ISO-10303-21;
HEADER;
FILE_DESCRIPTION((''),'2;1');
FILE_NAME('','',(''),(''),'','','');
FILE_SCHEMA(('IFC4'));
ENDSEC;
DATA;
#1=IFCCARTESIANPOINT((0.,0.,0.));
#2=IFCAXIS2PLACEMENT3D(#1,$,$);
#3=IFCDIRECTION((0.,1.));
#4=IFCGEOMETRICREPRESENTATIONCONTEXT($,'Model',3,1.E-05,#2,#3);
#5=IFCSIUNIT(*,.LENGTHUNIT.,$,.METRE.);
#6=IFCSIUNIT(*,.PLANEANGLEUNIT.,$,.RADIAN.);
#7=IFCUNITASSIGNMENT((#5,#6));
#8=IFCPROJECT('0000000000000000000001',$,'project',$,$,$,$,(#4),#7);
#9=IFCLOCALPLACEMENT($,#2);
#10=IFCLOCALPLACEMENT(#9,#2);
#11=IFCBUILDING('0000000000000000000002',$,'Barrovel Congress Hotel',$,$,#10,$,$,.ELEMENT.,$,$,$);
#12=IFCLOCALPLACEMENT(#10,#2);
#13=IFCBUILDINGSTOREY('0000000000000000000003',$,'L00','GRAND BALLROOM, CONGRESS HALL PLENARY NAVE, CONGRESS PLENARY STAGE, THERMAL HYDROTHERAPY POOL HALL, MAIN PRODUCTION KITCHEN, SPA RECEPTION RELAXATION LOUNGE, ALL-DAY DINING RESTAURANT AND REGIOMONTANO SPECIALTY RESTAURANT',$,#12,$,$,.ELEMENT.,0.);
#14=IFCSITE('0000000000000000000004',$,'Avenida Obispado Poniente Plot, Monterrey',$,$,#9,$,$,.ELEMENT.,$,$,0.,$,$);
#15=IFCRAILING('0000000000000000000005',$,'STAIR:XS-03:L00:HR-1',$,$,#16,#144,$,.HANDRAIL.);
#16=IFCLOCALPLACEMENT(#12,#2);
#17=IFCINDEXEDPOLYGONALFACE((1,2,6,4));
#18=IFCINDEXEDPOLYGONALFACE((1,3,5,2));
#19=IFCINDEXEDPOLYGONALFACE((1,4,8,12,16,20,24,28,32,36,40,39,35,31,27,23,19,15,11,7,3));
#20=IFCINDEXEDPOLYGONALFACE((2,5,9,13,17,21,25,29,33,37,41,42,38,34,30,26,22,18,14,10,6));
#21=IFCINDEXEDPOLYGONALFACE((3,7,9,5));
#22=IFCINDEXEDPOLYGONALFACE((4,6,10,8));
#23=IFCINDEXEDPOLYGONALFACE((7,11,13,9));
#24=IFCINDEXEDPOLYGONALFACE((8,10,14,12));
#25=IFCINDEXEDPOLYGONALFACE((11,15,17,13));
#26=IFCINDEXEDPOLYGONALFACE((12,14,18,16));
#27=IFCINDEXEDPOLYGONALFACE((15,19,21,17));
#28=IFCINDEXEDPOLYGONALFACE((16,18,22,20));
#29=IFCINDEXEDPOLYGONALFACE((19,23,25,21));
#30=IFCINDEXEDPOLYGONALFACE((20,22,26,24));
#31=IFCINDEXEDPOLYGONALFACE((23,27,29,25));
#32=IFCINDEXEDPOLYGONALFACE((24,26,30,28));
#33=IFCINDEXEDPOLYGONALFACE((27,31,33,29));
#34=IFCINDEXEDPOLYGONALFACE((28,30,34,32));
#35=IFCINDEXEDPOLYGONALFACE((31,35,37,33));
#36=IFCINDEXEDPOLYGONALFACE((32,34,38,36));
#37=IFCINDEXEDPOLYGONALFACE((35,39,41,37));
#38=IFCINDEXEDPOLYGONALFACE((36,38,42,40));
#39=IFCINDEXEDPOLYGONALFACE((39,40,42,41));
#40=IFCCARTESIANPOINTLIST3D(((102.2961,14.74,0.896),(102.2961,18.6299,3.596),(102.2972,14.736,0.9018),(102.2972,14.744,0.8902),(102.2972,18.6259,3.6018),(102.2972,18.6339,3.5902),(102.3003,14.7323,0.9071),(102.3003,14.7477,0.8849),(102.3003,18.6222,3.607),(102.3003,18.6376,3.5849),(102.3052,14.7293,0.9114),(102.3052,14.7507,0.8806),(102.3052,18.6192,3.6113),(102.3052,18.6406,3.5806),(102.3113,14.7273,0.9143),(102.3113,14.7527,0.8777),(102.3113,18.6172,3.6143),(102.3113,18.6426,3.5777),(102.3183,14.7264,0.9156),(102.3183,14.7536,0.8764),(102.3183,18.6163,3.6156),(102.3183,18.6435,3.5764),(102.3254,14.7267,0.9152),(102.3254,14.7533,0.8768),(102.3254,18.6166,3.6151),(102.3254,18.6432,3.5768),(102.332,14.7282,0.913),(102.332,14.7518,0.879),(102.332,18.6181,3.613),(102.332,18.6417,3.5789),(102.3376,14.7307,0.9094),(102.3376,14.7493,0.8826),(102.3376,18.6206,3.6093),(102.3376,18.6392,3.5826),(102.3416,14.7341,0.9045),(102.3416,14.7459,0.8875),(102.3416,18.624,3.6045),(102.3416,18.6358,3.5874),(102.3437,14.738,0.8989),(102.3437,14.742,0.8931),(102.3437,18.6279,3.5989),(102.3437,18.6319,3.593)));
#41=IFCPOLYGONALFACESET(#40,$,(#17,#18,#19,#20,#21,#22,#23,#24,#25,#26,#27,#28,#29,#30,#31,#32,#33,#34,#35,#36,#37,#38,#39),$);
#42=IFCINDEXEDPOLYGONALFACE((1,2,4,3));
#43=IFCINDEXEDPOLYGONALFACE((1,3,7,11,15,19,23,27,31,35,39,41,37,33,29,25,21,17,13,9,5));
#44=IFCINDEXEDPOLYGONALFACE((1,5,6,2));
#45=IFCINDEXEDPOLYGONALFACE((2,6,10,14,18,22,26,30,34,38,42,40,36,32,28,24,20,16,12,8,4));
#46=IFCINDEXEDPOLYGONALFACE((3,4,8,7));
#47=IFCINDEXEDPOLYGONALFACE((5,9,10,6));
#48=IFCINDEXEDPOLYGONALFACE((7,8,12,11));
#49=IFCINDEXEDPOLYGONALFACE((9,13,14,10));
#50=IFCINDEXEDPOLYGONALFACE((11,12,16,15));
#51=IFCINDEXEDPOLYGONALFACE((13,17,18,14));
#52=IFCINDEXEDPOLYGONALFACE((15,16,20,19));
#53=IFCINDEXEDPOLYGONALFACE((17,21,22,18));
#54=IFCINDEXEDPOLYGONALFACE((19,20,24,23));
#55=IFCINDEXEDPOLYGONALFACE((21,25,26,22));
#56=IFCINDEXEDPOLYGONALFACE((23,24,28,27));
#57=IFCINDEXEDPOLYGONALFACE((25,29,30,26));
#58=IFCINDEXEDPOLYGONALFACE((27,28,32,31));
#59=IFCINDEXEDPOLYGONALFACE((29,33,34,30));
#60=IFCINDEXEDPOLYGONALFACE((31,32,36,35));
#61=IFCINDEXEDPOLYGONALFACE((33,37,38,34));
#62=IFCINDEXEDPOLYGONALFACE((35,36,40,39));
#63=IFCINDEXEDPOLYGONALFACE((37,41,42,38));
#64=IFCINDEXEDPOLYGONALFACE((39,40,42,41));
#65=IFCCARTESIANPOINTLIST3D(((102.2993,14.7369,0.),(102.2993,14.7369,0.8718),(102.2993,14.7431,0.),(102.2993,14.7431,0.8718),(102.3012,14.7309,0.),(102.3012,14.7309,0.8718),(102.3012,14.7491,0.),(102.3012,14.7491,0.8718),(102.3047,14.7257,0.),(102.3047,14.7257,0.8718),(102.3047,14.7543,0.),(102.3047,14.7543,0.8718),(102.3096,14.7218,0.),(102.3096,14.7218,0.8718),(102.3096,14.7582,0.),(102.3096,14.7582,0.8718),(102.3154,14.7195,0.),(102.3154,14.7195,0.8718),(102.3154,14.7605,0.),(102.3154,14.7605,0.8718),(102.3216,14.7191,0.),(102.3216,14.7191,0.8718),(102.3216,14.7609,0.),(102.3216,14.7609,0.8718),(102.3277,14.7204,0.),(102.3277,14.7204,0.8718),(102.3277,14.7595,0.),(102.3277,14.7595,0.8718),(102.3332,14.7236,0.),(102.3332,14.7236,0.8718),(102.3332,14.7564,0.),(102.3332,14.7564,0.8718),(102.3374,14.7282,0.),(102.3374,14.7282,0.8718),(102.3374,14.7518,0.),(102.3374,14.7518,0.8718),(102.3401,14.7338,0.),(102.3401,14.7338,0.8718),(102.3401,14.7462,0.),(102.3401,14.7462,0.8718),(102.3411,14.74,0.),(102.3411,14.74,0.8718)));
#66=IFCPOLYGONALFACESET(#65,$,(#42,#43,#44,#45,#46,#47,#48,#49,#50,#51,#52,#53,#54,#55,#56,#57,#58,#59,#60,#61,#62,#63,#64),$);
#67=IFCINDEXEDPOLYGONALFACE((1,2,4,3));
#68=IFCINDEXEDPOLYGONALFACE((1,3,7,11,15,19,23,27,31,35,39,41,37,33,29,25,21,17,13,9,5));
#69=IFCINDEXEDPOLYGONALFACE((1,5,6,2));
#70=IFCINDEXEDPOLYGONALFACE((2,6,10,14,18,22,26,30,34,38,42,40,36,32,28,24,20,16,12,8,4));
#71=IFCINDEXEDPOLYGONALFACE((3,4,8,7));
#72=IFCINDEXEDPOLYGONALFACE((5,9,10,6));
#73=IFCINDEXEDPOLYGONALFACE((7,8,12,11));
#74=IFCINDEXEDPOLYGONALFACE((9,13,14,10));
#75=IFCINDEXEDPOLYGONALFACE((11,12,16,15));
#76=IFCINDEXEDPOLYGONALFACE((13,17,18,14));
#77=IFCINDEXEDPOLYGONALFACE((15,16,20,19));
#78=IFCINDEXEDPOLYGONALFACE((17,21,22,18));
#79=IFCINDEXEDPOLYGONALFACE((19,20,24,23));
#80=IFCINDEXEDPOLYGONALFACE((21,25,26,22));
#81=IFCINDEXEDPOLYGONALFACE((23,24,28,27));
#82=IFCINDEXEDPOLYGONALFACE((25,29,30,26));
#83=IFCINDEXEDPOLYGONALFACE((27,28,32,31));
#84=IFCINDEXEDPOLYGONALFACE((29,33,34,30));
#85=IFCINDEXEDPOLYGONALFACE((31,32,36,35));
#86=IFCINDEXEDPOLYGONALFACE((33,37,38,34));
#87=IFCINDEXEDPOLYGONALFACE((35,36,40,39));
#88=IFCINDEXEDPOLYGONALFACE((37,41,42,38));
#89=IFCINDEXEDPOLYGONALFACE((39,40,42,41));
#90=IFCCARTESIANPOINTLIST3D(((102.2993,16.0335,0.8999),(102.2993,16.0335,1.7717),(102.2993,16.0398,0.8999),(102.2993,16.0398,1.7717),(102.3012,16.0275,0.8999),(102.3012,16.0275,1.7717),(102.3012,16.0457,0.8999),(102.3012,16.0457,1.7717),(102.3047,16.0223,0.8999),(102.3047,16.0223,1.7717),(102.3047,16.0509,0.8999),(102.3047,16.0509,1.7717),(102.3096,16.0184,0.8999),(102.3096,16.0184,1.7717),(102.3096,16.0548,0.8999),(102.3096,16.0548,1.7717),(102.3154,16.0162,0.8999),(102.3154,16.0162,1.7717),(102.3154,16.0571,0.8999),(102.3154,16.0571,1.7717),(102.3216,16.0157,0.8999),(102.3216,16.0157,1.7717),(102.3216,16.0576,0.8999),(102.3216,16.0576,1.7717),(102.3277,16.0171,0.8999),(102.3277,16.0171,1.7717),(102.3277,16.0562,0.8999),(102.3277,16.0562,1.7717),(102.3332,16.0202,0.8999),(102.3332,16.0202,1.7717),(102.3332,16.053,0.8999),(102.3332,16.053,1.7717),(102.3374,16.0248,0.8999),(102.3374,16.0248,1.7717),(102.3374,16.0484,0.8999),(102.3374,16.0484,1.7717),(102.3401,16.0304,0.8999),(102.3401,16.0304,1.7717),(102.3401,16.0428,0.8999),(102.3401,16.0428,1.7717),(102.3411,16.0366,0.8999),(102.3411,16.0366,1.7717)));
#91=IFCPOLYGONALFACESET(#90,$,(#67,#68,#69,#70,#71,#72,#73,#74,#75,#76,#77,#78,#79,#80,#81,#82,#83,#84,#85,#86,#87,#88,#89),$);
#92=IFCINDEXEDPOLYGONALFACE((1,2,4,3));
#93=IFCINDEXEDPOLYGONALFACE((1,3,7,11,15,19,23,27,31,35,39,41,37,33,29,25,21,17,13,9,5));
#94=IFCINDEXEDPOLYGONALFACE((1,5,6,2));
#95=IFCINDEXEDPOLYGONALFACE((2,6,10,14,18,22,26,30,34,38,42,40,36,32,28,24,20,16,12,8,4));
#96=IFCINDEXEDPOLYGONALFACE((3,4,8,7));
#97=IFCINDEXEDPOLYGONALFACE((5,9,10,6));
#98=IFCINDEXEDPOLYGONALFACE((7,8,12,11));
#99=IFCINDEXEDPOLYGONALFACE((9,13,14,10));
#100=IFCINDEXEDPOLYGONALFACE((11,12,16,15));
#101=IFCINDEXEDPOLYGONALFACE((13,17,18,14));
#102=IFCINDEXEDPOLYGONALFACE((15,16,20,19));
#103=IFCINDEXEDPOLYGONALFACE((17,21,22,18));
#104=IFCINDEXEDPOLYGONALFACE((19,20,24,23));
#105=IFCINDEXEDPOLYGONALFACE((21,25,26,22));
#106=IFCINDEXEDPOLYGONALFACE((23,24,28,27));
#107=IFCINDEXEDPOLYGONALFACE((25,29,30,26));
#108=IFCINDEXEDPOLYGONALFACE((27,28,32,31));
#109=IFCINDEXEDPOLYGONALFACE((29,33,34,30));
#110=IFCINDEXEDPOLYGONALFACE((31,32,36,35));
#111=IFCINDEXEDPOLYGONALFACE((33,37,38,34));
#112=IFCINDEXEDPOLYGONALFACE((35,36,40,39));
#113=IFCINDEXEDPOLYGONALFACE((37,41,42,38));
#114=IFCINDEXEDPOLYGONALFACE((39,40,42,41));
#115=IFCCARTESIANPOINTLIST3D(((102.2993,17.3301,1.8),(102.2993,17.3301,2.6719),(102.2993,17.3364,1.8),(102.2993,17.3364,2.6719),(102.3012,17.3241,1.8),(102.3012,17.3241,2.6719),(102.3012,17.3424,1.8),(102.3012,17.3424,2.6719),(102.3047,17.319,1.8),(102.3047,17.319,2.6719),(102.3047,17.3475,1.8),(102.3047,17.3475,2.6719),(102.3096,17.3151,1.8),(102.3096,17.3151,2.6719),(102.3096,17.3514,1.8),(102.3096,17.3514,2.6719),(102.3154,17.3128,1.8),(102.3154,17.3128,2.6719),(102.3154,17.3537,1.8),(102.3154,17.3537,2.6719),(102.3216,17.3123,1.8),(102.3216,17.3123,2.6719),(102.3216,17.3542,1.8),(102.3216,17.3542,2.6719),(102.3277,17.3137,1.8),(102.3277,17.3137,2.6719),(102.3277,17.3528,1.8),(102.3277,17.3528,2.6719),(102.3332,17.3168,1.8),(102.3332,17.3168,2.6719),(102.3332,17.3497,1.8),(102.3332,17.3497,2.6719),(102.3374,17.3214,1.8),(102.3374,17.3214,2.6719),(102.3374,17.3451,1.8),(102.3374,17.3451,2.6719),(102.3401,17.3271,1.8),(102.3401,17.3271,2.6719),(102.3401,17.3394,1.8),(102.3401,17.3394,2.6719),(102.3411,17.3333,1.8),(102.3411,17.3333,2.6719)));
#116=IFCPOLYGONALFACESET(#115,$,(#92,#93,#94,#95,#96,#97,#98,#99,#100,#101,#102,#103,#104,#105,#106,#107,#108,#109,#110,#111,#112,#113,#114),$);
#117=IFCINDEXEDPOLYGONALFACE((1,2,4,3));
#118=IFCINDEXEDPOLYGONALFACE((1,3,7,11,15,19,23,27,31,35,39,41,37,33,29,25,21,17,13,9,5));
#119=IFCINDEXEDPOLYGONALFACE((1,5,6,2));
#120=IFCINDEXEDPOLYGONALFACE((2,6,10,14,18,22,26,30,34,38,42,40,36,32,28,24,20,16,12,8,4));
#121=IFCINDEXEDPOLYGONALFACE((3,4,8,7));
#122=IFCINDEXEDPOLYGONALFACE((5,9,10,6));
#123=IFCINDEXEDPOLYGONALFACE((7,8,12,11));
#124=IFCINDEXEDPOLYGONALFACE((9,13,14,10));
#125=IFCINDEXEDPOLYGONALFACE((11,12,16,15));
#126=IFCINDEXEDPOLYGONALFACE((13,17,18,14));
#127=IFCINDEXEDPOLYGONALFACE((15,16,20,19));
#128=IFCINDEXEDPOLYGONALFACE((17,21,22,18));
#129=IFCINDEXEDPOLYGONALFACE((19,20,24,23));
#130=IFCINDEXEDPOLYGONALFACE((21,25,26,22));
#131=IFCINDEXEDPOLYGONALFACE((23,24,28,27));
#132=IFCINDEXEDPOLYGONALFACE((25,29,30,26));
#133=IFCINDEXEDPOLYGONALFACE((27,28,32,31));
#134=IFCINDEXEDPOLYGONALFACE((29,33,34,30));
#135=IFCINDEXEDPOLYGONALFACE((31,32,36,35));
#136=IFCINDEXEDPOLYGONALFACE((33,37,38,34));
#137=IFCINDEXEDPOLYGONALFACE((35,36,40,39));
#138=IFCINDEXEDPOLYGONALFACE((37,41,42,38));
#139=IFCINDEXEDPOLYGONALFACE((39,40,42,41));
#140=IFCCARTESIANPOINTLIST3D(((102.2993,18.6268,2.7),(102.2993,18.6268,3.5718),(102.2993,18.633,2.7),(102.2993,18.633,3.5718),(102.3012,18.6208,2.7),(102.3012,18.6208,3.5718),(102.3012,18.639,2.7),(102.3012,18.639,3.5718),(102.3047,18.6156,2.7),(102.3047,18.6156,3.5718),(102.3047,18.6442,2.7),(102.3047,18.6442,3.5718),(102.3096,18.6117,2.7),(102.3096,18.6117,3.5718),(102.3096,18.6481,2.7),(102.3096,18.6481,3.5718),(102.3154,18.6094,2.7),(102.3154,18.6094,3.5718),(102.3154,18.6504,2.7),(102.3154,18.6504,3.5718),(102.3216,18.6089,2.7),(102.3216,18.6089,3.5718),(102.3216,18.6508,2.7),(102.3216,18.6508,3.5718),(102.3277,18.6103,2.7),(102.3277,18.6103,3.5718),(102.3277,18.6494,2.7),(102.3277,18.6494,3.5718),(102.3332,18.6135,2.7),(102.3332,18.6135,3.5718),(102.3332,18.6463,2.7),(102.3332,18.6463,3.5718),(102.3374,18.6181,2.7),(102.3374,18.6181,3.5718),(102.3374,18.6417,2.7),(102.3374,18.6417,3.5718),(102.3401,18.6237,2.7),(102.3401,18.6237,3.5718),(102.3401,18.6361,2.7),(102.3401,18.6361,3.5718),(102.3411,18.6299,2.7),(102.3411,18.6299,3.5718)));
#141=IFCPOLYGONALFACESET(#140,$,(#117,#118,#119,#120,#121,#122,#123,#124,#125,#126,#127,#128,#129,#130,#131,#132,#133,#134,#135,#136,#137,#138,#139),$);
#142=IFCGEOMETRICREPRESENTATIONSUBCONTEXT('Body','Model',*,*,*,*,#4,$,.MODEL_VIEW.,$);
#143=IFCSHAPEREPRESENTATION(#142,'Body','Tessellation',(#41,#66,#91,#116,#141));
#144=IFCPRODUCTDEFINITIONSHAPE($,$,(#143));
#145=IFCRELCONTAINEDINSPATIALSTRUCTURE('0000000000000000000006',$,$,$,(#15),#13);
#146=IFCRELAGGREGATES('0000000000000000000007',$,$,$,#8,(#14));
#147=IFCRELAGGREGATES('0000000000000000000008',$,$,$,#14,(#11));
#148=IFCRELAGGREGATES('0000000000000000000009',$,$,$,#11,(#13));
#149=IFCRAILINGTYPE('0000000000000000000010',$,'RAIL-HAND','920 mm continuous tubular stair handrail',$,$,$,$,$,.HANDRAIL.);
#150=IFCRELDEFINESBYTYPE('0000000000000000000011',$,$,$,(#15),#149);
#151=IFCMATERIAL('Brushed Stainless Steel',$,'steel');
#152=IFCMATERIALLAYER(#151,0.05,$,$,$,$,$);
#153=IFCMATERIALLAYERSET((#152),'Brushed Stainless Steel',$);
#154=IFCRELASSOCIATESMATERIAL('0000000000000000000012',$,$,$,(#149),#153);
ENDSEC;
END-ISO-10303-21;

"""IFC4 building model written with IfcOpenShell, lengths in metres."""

from ifc_helpers import new_model, si_unit, direction, frame, origin, origin_2d, place, context, subcontext, project, spatial, circle, extrude, material, layer, layer_set, type_object, element, save


model = new_model("IFC4")

# Units and contexts
model_context = context("Model", 3, precision=1e-05, world=origin(), true_north=direction((0.0, 1.0)))
body_context = subcontext(model_context, "Body", "Model", "MODEL_VIEW")
ifc_project = project(units=[si_unit("LENGTHUNIT", "METRE"), si_unit("PLANEANGLEUNIT", "RADIAN")], contexts=[model_context])

# Site, building, storey
site_placement = place(None, origin())
site = spatial("IfcSite", under=ifc_project, at=site_placement, Name="Avenida Obispado Poniente Plot, Monterrey", CompositionType="ELEMENT", RefElevation=0.0)
building_placement = place(site_placement, origin())
building = spatial("IfcBuilding", under=site, at=building_placement, Name="Barrovel Congress Hotel", CompositionType="ELEMENT")
storey_placement = place(building_placement, origin())
storey = spatial("IfcBuildingStorey", under=building, at=storey_placement, Name="L00", Description="GRAND BALLROOM, CONGRESS HALL PLENARY NAVE, CONGRESS PLENARY STAGE, THERMAL HYDROTHERAPY POOL HALL, MAIN PRODUCTION KITCHEN, SPA RECEPTION RELAXATION LOUNGE, ALL-DAY DINING RESTAURANT AND REGIOMONTANO SPECIALTY RESTAURANT", CompositionType="ELEMENT", Elevation=0.0)

# Railing
ifc_material_1 = material(Name="Brushed Stainless Steel", Category="steel")
ifc_layer_1 = layer(ifc_material_1, 0.05)
ifc_layer_set_1 = layer_set([ifc_layer_1], Name="Brushed Stainless Steel")
railing_type_1 = type_object("IfcRailingType", Name="RAIL-HAND", Description="920 mm continuous tubular stair handrail", PredefinedType="HANDRAIL", material=ifc_layer_set_1)
railing_1_placement = place(storey_placement, frame((102.3201, 14.74, 0.0)))
element("IfcRailing", 1, at=railing_1_placement, inside=storey, type_object=railing_type_1, Name="STAIR:XS-03:L00:HR-1", PredefinedType="HANDRAIL", context=body_context, shape_type="SweptSolid", body=[
    extrude(circle(Radius=0.0239, at=origin_2d()), frame((0.0, 0.0, 0.896), z_axis=(0.0, 0.821505, 0.570202), x_axis=(-1.0, 0.0, 0.0)), (0.0, 0.0, 1.0), 4.7351),
    extrude(circle(Radius=0.021, at=origin_2d()), origin(), (0.0, 0.0, 1.0), 0.8718),
    extrude(circle(Radius=0.021, at=origin_2d()), frame((0.0, 1.2966, 0.8999)), (0.0, 0.0, 1.0), 0.8718),
    extrude(circle(Radius=0.021, at=origin_2d()), frame((0.0, 2.5933, 1.8)), (0.0, 0.0, 1.0), 0.8718),
    extrude(circle(Radius=0.021, at=origin_2d()), frame((0.0, 3.8899, 2.7)), (0.0, 0.0, 1.0), 0.8718),
])

save(model, "model.ifc")
